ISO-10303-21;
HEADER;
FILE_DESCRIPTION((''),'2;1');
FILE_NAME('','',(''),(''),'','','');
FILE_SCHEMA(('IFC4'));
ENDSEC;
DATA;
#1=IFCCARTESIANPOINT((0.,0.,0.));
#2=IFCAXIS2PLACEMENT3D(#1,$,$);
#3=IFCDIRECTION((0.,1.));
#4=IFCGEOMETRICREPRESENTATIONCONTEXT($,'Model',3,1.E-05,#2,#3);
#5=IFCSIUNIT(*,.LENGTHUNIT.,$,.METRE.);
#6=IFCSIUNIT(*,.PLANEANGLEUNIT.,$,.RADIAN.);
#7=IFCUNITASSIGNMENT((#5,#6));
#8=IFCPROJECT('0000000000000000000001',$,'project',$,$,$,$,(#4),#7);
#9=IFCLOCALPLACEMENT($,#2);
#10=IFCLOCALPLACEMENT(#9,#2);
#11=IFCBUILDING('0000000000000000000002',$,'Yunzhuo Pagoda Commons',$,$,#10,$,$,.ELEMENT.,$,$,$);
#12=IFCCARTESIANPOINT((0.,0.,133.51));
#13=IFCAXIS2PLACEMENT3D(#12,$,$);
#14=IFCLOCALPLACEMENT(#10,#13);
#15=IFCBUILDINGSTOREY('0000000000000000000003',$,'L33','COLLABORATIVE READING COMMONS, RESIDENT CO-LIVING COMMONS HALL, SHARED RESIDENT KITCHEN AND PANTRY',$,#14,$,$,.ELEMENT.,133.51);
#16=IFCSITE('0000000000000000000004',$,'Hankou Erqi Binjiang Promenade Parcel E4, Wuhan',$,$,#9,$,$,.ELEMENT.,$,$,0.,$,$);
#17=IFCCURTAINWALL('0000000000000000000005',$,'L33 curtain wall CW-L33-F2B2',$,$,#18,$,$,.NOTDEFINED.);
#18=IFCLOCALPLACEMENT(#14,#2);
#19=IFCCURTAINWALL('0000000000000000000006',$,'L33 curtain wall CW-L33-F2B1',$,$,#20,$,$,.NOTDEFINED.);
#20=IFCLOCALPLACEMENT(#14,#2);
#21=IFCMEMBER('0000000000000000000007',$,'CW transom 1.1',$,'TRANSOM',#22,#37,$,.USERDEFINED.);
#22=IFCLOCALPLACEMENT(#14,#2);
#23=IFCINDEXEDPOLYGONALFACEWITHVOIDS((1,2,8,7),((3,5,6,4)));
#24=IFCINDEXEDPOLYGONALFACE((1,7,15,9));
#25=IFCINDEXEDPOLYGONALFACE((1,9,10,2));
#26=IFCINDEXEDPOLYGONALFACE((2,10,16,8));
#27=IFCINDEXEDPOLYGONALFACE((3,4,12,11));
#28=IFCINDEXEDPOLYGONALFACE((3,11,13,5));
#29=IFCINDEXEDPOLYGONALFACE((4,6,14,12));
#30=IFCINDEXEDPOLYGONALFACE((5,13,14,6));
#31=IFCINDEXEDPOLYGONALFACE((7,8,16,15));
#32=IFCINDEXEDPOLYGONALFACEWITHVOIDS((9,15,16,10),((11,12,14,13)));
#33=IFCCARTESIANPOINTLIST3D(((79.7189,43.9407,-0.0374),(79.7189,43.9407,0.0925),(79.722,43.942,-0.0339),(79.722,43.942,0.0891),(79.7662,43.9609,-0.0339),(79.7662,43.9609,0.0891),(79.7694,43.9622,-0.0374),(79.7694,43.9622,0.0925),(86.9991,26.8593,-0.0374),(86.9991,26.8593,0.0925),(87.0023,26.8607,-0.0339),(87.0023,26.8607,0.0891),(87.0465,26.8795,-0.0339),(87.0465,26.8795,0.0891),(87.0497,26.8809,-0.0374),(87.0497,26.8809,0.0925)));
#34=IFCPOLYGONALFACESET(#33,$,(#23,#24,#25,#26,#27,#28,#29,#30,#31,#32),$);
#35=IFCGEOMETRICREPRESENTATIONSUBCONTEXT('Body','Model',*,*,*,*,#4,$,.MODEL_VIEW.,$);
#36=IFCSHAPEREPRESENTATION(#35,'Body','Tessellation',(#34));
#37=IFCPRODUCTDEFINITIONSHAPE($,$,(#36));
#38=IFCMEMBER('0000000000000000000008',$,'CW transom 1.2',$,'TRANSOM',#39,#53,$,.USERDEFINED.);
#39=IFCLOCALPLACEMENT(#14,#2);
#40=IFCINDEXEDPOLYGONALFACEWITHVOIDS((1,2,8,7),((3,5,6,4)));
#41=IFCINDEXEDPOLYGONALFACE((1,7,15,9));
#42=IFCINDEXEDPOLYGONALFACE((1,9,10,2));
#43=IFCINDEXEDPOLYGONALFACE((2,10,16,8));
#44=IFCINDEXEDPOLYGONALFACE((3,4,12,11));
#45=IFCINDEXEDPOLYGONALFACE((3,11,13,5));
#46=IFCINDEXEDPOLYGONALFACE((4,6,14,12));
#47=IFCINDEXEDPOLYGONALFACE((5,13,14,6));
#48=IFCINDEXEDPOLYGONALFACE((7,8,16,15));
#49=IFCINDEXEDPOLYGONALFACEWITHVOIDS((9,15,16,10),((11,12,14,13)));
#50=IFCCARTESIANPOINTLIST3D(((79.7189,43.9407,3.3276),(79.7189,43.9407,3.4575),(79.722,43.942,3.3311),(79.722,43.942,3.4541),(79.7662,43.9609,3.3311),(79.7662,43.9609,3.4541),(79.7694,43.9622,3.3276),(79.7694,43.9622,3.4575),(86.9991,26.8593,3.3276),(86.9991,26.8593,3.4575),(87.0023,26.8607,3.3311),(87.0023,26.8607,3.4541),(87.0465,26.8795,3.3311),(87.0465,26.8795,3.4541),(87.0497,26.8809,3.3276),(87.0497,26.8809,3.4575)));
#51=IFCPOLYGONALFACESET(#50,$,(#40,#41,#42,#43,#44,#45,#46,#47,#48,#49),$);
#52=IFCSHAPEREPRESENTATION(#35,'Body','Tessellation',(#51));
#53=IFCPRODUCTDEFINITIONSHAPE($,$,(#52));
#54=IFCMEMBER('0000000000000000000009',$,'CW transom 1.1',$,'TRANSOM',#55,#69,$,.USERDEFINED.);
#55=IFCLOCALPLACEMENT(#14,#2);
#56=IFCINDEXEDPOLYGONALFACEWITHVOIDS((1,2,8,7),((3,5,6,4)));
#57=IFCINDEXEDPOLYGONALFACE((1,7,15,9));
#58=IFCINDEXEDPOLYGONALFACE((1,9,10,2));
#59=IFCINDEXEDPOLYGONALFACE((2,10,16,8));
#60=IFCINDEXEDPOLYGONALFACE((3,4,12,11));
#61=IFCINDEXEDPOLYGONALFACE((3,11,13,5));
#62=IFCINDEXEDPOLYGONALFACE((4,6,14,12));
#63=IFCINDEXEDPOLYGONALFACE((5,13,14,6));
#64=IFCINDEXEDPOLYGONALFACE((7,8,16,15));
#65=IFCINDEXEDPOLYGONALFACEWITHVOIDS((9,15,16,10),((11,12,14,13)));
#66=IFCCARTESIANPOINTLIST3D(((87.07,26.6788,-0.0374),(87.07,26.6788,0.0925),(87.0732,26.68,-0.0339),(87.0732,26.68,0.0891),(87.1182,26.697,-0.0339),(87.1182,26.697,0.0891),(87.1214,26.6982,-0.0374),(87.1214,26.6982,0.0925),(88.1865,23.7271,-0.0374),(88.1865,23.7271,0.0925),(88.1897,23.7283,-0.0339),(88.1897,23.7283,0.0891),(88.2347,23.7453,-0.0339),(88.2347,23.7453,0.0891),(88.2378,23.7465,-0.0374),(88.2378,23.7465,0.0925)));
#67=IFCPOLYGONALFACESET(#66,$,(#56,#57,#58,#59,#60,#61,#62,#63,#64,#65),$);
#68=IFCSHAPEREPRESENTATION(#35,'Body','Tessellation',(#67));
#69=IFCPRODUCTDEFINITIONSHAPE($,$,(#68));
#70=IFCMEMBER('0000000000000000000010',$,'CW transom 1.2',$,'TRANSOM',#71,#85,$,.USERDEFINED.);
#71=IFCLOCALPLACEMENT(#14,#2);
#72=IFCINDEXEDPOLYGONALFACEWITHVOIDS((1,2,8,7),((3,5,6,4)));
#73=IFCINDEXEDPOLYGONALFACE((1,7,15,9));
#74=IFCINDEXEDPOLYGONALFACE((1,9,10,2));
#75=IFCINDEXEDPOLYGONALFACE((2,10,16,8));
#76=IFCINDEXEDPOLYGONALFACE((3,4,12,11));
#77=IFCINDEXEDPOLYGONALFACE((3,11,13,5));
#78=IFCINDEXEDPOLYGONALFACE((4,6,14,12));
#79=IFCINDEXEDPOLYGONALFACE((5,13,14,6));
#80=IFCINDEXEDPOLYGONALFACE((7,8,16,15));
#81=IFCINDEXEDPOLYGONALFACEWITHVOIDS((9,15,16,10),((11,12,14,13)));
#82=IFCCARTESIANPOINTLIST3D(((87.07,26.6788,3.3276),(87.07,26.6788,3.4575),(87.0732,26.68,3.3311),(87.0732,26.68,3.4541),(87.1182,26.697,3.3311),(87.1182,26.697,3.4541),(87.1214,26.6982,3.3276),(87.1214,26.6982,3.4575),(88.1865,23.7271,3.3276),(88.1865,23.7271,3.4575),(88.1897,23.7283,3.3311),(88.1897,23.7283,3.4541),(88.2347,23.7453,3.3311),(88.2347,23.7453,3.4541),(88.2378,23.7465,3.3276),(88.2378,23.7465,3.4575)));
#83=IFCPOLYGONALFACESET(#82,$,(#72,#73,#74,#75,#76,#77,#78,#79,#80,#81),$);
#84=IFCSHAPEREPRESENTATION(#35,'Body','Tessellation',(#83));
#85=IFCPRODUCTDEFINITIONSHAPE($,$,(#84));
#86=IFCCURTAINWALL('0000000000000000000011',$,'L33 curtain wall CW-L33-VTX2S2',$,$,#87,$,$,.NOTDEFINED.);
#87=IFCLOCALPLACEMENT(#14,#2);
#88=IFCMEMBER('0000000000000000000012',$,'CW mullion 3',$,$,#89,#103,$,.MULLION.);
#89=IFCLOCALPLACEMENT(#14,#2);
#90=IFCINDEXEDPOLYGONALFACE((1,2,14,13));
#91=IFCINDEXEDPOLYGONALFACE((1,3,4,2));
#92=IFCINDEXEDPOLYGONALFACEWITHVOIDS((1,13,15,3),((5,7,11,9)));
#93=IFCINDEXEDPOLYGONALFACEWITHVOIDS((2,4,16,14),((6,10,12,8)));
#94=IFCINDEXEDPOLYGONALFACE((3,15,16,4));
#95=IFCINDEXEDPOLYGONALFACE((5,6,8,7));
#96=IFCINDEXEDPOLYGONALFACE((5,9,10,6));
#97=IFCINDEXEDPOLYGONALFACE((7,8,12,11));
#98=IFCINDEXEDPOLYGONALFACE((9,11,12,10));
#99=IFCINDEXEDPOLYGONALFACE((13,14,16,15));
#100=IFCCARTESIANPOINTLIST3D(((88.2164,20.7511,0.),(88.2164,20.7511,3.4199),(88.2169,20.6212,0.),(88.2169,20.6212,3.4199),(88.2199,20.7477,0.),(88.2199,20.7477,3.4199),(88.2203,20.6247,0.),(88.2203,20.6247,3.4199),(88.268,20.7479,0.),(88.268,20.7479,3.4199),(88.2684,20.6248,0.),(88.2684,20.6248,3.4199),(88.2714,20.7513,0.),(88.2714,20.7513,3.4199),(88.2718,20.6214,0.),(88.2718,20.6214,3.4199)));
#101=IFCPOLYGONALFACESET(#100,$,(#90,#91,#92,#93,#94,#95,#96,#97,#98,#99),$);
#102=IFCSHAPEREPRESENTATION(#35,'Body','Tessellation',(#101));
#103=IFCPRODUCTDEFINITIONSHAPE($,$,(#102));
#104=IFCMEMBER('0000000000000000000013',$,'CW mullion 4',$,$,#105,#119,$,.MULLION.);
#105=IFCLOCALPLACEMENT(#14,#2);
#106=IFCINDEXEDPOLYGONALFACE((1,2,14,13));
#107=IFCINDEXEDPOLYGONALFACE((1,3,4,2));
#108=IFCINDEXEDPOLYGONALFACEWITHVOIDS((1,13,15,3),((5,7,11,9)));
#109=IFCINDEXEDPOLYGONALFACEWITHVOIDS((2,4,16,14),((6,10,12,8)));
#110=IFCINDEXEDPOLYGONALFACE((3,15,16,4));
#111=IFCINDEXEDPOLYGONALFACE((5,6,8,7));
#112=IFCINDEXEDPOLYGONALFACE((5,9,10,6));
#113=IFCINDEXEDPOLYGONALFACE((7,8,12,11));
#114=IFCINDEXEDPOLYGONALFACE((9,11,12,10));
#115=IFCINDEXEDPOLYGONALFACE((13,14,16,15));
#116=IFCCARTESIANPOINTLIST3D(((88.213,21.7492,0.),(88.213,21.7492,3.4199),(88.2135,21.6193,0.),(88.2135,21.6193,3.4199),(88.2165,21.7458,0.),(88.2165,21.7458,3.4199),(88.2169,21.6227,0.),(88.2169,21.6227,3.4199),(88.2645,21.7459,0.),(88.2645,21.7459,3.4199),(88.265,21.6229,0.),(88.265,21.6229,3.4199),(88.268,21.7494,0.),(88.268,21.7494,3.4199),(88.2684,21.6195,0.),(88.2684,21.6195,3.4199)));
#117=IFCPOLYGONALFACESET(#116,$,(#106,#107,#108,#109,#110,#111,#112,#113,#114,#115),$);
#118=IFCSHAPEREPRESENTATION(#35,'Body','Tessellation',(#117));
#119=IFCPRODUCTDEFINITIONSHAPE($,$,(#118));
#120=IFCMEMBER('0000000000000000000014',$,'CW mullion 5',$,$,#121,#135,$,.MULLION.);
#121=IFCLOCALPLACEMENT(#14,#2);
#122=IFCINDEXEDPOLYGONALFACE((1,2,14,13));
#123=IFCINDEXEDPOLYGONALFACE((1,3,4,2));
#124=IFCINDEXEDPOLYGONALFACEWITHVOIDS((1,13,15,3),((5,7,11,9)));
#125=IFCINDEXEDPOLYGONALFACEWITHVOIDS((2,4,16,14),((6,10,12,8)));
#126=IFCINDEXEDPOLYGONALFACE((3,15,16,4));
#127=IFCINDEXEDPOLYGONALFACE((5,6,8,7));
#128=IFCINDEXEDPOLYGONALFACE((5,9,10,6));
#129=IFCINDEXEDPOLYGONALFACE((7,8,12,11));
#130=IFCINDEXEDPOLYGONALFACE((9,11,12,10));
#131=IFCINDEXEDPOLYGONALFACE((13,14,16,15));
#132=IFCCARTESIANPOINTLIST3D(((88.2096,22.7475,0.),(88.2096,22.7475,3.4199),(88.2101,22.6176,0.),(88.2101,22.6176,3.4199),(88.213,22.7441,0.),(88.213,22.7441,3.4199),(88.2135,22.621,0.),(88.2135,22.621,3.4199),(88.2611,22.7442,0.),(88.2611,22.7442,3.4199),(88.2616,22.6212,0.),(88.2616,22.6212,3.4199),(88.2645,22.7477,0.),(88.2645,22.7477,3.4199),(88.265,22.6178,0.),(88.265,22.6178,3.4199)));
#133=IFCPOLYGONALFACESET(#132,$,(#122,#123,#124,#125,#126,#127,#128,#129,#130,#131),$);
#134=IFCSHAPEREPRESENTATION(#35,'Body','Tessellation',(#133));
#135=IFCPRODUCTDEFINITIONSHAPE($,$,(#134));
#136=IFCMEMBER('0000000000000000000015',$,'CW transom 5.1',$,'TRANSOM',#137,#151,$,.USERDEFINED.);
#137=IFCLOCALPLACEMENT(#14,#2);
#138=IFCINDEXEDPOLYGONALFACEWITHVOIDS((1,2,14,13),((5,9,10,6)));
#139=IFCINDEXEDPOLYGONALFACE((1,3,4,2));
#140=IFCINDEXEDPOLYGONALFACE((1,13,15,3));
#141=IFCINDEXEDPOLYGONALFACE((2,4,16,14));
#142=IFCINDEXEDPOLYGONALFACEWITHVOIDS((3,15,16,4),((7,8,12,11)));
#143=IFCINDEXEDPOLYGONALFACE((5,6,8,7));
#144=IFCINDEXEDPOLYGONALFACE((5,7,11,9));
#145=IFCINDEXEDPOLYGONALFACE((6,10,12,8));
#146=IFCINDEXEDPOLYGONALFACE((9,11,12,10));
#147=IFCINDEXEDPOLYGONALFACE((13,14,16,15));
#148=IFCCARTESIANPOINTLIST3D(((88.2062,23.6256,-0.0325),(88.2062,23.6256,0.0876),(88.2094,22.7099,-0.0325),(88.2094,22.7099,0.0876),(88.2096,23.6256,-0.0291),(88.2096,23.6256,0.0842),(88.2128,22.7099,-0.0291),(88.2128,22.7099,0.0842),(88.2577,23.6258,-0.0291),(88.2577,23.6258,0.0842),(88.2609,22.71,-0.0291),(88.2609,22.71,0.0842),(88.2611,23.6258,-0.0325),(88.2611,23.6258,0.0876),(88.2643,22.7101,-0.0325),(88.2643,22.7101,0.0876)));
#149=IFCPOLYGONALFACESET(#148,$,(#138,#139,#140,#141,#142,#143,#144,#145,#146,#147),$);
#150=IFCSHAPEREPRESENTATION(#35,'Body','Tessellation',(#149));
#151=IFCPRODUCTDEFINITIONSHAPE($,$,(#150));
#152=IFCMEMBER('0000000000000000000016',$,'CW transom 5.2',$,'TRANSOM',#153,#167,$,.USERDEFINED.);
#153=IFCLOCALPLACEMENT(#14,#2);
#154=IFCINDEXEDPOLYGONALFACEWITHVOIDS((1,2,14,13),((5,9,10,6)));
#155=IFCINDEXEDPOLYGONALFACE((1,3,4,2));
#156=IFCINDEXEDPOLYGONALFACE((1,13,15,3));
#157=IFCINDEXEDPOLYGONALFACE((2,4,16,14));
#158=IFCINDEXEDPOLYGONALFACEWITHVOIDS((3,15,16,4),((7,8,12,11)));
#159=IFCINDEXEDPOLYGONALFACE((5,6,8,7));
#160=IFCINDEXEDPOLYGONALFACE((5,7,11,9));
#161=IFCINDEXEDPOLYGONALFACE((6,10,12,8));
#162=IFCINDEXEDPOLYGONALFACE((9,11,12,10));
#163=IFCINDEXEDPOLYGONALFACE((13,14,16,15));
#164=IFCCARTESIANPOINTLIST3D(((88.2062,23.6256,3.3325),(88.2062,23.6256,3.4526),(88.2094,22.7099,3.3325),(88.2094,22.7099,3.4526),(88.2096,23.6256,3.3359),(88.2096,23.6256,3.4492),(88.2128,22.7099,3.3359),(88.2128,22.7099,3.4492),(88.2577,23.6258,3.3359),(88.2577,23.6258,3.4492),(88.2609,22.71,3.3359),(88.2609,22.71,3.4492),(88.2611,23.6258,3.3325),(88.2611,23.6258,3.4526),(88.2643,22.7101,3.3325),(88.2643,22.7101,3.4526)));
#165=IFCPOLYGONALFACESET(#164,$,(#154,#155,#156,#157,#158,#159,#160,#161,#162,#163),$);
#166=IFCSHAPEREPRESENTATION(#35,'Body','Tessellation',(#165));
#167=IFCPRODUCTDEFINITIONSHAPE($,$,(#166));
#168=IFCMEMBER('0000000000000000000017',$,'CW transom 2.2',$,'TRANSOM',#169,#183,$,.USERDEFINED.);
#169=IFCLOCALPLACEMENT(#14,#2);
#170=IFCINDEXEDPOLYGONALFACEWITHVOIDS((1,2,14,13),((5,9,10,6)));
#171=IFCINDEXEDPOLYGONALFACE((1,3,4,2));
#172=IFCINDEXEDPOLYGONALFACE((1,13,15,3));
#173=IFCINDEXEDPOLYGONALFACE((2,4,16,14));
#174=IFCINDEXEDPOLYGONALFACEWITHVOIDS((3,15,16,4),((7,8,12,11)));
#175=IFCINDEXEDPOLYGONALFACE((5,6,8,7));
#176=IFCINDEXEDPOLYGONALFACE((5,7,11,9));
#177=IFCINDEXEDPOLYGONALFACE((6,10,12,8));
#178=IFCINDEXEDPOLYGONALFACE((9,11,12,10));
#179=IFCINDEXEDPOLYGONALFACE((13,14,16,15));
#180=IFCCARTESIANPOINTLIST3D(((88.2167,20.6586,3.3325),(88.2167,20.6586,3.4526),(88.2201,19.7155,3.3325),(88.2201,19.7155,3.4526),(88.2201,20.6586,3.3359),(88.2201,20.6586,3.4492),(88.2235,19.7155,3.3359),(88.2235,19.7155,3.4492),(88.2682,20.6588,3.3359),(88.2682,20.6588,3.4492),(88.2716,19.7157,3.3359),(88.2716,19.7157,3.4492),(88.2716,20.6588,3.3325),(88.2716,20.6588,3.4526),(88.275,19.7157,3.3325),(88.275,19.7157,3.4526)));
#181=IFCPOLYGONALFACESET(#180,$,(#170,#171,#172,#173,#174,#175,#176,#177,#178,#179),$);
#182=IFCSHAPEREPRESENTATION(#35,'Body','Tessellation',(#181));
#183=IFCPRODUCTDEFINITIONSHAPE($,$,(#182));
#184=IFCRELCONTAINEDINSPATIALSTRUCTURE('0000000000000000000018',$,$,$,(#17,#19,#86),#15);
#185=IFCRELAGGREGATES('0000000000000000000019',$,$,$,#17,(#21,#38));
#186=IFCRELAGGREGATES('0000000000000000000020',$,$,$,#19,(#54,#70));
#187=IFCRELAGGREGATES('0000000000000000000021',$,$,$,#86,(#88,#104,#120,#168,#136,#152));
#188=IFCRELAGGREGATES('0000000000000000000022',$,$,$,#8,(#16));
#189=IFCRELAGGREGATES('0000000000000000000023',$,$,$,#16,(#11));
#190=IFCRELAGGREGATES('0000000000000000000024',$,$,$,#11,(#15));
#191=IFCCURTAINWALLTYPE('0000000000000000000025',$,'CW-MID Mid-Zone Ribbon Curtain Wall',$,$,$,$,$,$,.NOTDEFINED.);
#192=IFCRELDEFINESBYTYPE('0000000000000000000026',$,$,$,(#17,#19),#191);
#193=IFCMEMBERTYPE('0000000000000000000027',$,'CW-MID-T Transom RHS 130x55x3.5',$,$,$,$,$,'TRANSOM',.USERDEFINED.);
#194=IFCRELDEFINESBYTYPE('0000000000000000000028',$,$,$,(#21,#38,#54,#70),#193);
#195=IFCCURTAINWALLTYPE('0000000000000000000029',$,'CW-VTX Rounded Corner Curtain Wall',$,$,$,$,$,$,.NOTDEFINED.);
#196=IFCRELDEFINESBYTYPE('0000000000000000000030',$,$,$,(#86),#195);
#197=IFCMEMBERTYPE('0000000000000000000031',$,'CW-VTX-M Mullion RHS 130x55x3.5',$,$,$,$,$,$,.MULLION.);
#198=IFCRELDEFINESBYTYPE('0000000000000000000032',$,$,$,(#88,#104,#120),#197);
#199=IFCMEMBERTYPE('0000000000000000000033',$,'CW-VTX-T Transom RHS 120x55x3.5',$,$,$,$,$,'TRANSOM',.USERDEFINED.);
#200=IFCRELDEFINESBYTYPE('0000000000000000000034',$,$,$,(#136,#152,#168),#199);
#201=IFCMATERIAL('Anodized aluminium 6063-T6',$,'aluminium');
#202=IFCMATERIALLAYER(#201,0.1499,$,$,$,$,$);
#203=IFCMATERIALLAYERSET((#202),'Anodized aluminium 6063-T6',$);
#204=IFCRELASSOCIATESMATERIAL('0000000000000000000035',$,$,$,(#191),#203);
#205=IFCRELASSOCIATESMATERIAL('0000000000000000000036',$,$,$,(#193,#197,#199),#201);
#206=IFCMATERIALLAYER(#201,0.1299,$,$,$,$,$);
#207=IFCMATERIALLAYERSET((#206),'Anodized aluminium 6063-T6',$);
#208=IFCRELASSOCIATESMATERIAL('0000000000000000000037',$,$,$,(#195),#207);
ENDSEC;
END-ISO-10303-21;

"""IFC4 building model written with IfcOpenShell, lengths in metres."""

from ifc_helpers import new_model, si_unit, direction, frame, origin, origin_2d, place, context, subcontext, project, spatial, hollow_rectangle, extrude, source, transform, mapped, material, layer, layer_set, material_profile, profile_set, type_object, element, aggregate, save


model = new_model("IFC4")

# Units and contexts
model_context = context("Model", 3, precision=1e-05, world=origin(), true_north=direction((0.0, 1.0)))
body_context = subcontext(model_context, "Body", "Model", "MODEL_VIEW")
ifc_project = project(units=[si_unit("LENGTHUNIT", "METRE"), si_unit("PLANEANGLEUNIT", "RADIAN")], contexts=[model_context])

# Site, building, storey
site_placement = place(None, origin())
site = spatial("IfcSite", under=ifc_project, at=site_placement, Name="Hankou Erqi Binjiang Promenade Parcel E4, Wuhan", CompositionType="ELEMENT", RefElevation=0.0)
building_placement = place(site_placement, origin())
building = spatial("IfcBuilding", under=site, at=building_placement, Name="Yunzhuo Pagoda Commons", CompositionType="ELEMENT")
storey_placement = place(building_placement, frame((0.0, 0.0, 133.51)))
storey = spatial("IfcBuildingStorey", under=building, at=storey_placement, Name="L33", Description="COLLABORATIVE READING COMMONS, RESIDENT CO-LIVING COMMONS HALL, SHARED RESIDENT KITCHEN AND PANTRY", CompositionType="ELEMENT", Elevation=133.51)

# Curtain wall
ifc_material_1 = material(Name="Anodized aluminium 6063-T6", Category="aluminium")
ifc_layer_1 = layer(ifc_material_1, 0.1499)
ifc_layer_set_1 = layer_set([ifc_layer_1], Name="Anodized aluminium 6063-T6")
curtain_wall_type_1 = type_object("IfcCurtainWallType", Name="CW-MID Mid-Zone Ribbon Curtain Wall", PredefinedType="NOTDEFINED", material=ifc_layer_set_1)
curtain_wall_1_placement = place(storey_placement, origin())
curtain_wall_1 = element("IfcCurtainWall", 1, at=curtain_wall_1_placement, inside=storey, type_object=curtain_wall_type_1, Name="L33 curtain wall CW-L33-F2B2", PredefinedType="NOTDEFINED")

# Curtain wall
curtain_wall_2_placement = place(storey_placement, origin())
curtain_wall_2 = element("IfcCurtainWall", 2, at=curtain_wall_2_placement, inside=storey, type_object=curtain_wall_type_1, Name="L33 curtain wall CW-L33-F2B1", PredefinedType="NOTDEFINED")

# Members
ifc_material_profile_1 = material_profile(ifc_material_1, hollow_rectangle(XDim=0.0549, YDim=0.1299, WallThickness=0.0034, at=origin_2d()), Name="Anodized aluminium 6063-T6")
ifc_profile_set_1 = profile_set([ifc_material_profile_1], Name="Anodized aluminium 6063-T6")
member_type_1 = type_object("IfcMemberType", Name="CW-MID-T Transom RHS 130x55x3.5", ElementType="TRANSOM", PredefinedType="USERDEFINED", material=ifc_profile_set_1)
shared_shape_1 = source(origin(), body_context, "Body", "SweptSolid", [
    extrude(hollow_rectangle(XDim=0.0549, YDim=0.1299, WallThickness=0.0034, at=origin_2d()), origin(), (0.0, 0.0, 1.0), 18.5681),
])
member_1_placement = place(storey_placement, frame((87.0244, 26.8701, 0.0276), z_axis=(-0.392086, 0.919929, 0.0), x_axis=(-0.919929, -0.392086, 0.0)))
member_1 = element("IfcMember", 3, at=member_1_placement, type_object=member_type_1, Name="CW transom 1.1", ObjectType="TRANSOM", PredefinedType="USERDEFINED", context=body_context, shape_type="MappedRepresentation", body=[
    mapped(shared_shape_1, transform((0.0, 0.0, 0.0), scale=1.0)),
])
member_2_placement = place(storey_placement, frame((87.0244, 26.8701, 3.3926), z_axis=(-0.392086, 0.919929, 0.0), x_axis=(-0.919929, -0.392086, 0.0)))
member_2 = element("IfcMember", 4, at=member_2_placement, type_object=member_type_1, Name="CW transom 1.2", ObjectType="TRANSOM", PredefinedType="USERDEFINED", context=body_context, shape_type="MappedRepresentation", body=[
    mapped(shared_shape_1, transform((0.0, 0.0, 0.0), scale=1.0)),
])
aggregate(curtain_wall_1, [member_1, member_2])
shared_shape_2 = source(origin(), body_context, "Body", "SweptSolid", [
    extrude(hollow_rectangle(XDim=0.0549, YDim=0.1299, WallThickness=0.0034, at=origin_2d()), origin(), (0.0, 0.0, 1.0), 3.1558),
])
member_3_placement = place(storey_placement, frame((88.2122, 23.7368, 0.0276), z_axis=(-0.353784, 0.935327, 0.0), x_axis=(-0.935327, -0.353784, 0.0)))
member_3 = element("IfcMember", 5, at=member_3_placement, type_object=member_type_1, Name="CW transom 1.1", ObjectType="TRANSOM", PredefinedType="USERDEFINED", context=body_context, shape_type="MappedRepresentation", body=[
    mapped(shared_shape_2, transform((0.0, 0.0, 0.0), scale=1.0)),
])
member_4_placement = place(storey_placement, frame((88.2122, 23.7368, 3.3926), z_axis=(-0.353784, 0.935327, 0.0), x_axis=(-0.935327, -0.353784, 0.0)))
member_4 = element("IfcMember", 6, at=member_4_placement, type_object=member_type_1, Name="CW transom 1.2", ObjectType="TRANSOM", PredefinedType="USERDEFINED", context=body_context, shape_type="MappedRepresentation", body=[
    mapped(shared_shape_2, transform((0.0, 0.0, 0.0), scale=1.0)),
])

# Curtain wall, members
ifc_layer_2 = layer(ifc_material_1, 0.1299)
ifc_layer_set_2 = layer_set([ifc_layer_2], Name="Anodized aluminium 6063-T6")
curtain_wall_type_2 = type_object("IfcCurtainWallType", Name="CW-VTX Rounded Corner Curtain Wall", PredefinedType="NOTDEFINED", material=ifc_layer_set_2)
curtain_wall_3_placement = place(storey_placement, origin())
curtain_wall_3 = element("IfcCurtainWall", 7, at=curtain_wall_3_placement, inside=storey, type_object=curtain_wall_type_2, Name="L33 curtain wall CW-L33-VTX2S2", PredefinedType="NOTDEFINED")
ifc_material_profile_2 = material_profile(ifc_material_1, hollow_rectangle(XDim=0.0549, YDim=0.1299, WallThickness=0.0034, at=origin_2d()), Name="Anodized aluminium 6063-T6")
ifc_profile_set_2 = profile_set([ifc_material_profile_2], Name="Anodized aluminium 6063-T6")
member_type_2 = type_object("IfcMemberType", Name="CW-VTX-M Mullion RHS 130x55x3.5", PredefinedType="MULLION", material=ifc_profile_set_2)
shared_shape_3 = source(origin(), body_context, "Body", "SweptSolid", [
    extrude(hollow_rectangle(XDim=0.0549, YDim=0.1299, WallThickness=0.0034, at=origin_2d()), origin(), (0.0, 0.0, 1.0), 3.4199),
])
member_5_placement = place(storey_placement, frame((88.2441, 20.6863, 0.0), z_axis=(0.0, 0.0, 1.0), x_axis=(-0.999994, -0.003587, 0.0)))
member_5 = element("IfcMember", 8, at=member_5_placement, type_object=member_type_2, Name="CW mullion 3", PredefinedType="MULLION", context=body_context, shape_type="MappedRepresentation", body=[
    mapped(shared_shape_3, transform((0.0, 0.0, 0.0), scale=1.0)),
])
member_6_placement = place(storey_placement, frame((88.2407, 21.6843, 0.0), z_axis=(0.0, 0.0, 1.0), x_axis=(-0.999994, -0.003587, 0.0)))
member_6 = element("IfcMember", 9, at=member_6_placement, type_object=member_type_2, Name="CW mullion 4", PredefinedType="MULLION", context=body_context, shape_type="MappedRepresentation", body=[
    mapped(shared_shape_3, transform((0.0, 0.0, 0.0), scale=1.0)),
])
member_7_placement = place(storey_placement, frame((88.2373, 22.6826, 0.0), z_axis=(0.0, 0.0, 1.0), x_axis=(-0.999994, -0.003587, 0.0)))
member_7 = element("IfcMember", 10, at=member_7_placement, type_object=member_type_2, Name="CW mullion 5", PredefinedType="MULLION", context=body_context, shape_type="MappedRepresentation", body=[
    mapped(shared_shape_3, transform((0.0, 0.0, 0.0), scale=1.0)),
])
ifc_material_profile_3 = material_profile(ifc_material_1, hollow_rectangle(XDim=0.0549, YDim=0.1201, WallThickness=0.0034, at=origin_2d()), Name="Anodized aluminium 6063-T6")
ifc_profile_set_3 = profile_set([ifc_material_profile_3], Name="Anodized aluminium 6063-T6")
member_type_3 = type_object("IfcMemberType", Name="CW-VTX-T Transom RHS 120x55x3.5", ElementType="TRANSOM", PredefinedType="USERDEFINED", material=ifc_profile_set_3)
shared_shape_4 = source(origin(), body_context, "Body", "SweptSolid", [
    extrude(hollow_rectangle(XDim=0.0549, YDim=0.1201, WallThickness=0.0034, at=origin_2d()), origin(), (0.0, 0.0, 1.0), 0.9158),
])
member_8_placement = place(storey_placement, frame((88.2368, 22.71, 0.0276), z_axis=(-0.003466, 0.999994, 0.0), x_axis=(-0.999994, -0.003466, 0.0)))
member_8 = element("IfcMember", 11, at=member_8_placement, type_object=member_type_3, Name="CW transom 5.1", ObjectType="TRANSOM", PredefinedType="USERDEFINED", context=body_context, shape_type="MappedRepresentation", body=[
    mapped(shared_shape_4, transform((0.0, 0.0, 0.0), scale=1.0)),
])
member_9_placement = place(storey_placement, frame((88.2368, 22.71, 3.3926), z_axis=(-0.003466, 0.999994, 0.0), x_axis=(-0.999994, -0.003466, 0.0)))
member_9 = element("IfcMember", 12, at=member_9_placement, type_object=member_type_3, Name="CW transom 5.2", ObjectType="TRANSOM", PredefinedType="USERDEFINED", context=body_context, shape_type="MappedRepresentation", body=[
    mapped(shared_shape_4, transform((0.0, 0.0, 0.0), scale=1.0)),
])
shared_shape_5 = source(origin(), body_context, "Body", "SweptSolid", [
    extrude(hollow_rectangle(XDim=0.0549, YDim=0.1201, WallThickness=0.0034, at=origin_2d()), origin(), (0.0, 0.0, 1.0), 0.9431),
])
member_10_placement = place(storey_placement, frame((88.2476, 19.7156, 3.3926), z_axis=(-0.003624, 0.999993, 0.0), x_axis=(-0.999993, -0.003624, 0.0)))
member_10 = element("IfcMember", 13, at=member_10_placement, type_object=member_type_3, Name="CW transom 2.2", ObjectType="TRANSOM", PredefinedType="USERDEFINED", context=body_context, shape_type="MappedRepresentation", body=[
    mapped(shared_shape_5, transform((0.0, 0.0, 0.0), scale=1.0)),
])

aggregate(curtain_wall_2, [member_3, member_4])
aggregate(curtain_wall_3, [member_5, member_6, member_7, member_10, member_8, member_9])

save(model, "model.ifc")
